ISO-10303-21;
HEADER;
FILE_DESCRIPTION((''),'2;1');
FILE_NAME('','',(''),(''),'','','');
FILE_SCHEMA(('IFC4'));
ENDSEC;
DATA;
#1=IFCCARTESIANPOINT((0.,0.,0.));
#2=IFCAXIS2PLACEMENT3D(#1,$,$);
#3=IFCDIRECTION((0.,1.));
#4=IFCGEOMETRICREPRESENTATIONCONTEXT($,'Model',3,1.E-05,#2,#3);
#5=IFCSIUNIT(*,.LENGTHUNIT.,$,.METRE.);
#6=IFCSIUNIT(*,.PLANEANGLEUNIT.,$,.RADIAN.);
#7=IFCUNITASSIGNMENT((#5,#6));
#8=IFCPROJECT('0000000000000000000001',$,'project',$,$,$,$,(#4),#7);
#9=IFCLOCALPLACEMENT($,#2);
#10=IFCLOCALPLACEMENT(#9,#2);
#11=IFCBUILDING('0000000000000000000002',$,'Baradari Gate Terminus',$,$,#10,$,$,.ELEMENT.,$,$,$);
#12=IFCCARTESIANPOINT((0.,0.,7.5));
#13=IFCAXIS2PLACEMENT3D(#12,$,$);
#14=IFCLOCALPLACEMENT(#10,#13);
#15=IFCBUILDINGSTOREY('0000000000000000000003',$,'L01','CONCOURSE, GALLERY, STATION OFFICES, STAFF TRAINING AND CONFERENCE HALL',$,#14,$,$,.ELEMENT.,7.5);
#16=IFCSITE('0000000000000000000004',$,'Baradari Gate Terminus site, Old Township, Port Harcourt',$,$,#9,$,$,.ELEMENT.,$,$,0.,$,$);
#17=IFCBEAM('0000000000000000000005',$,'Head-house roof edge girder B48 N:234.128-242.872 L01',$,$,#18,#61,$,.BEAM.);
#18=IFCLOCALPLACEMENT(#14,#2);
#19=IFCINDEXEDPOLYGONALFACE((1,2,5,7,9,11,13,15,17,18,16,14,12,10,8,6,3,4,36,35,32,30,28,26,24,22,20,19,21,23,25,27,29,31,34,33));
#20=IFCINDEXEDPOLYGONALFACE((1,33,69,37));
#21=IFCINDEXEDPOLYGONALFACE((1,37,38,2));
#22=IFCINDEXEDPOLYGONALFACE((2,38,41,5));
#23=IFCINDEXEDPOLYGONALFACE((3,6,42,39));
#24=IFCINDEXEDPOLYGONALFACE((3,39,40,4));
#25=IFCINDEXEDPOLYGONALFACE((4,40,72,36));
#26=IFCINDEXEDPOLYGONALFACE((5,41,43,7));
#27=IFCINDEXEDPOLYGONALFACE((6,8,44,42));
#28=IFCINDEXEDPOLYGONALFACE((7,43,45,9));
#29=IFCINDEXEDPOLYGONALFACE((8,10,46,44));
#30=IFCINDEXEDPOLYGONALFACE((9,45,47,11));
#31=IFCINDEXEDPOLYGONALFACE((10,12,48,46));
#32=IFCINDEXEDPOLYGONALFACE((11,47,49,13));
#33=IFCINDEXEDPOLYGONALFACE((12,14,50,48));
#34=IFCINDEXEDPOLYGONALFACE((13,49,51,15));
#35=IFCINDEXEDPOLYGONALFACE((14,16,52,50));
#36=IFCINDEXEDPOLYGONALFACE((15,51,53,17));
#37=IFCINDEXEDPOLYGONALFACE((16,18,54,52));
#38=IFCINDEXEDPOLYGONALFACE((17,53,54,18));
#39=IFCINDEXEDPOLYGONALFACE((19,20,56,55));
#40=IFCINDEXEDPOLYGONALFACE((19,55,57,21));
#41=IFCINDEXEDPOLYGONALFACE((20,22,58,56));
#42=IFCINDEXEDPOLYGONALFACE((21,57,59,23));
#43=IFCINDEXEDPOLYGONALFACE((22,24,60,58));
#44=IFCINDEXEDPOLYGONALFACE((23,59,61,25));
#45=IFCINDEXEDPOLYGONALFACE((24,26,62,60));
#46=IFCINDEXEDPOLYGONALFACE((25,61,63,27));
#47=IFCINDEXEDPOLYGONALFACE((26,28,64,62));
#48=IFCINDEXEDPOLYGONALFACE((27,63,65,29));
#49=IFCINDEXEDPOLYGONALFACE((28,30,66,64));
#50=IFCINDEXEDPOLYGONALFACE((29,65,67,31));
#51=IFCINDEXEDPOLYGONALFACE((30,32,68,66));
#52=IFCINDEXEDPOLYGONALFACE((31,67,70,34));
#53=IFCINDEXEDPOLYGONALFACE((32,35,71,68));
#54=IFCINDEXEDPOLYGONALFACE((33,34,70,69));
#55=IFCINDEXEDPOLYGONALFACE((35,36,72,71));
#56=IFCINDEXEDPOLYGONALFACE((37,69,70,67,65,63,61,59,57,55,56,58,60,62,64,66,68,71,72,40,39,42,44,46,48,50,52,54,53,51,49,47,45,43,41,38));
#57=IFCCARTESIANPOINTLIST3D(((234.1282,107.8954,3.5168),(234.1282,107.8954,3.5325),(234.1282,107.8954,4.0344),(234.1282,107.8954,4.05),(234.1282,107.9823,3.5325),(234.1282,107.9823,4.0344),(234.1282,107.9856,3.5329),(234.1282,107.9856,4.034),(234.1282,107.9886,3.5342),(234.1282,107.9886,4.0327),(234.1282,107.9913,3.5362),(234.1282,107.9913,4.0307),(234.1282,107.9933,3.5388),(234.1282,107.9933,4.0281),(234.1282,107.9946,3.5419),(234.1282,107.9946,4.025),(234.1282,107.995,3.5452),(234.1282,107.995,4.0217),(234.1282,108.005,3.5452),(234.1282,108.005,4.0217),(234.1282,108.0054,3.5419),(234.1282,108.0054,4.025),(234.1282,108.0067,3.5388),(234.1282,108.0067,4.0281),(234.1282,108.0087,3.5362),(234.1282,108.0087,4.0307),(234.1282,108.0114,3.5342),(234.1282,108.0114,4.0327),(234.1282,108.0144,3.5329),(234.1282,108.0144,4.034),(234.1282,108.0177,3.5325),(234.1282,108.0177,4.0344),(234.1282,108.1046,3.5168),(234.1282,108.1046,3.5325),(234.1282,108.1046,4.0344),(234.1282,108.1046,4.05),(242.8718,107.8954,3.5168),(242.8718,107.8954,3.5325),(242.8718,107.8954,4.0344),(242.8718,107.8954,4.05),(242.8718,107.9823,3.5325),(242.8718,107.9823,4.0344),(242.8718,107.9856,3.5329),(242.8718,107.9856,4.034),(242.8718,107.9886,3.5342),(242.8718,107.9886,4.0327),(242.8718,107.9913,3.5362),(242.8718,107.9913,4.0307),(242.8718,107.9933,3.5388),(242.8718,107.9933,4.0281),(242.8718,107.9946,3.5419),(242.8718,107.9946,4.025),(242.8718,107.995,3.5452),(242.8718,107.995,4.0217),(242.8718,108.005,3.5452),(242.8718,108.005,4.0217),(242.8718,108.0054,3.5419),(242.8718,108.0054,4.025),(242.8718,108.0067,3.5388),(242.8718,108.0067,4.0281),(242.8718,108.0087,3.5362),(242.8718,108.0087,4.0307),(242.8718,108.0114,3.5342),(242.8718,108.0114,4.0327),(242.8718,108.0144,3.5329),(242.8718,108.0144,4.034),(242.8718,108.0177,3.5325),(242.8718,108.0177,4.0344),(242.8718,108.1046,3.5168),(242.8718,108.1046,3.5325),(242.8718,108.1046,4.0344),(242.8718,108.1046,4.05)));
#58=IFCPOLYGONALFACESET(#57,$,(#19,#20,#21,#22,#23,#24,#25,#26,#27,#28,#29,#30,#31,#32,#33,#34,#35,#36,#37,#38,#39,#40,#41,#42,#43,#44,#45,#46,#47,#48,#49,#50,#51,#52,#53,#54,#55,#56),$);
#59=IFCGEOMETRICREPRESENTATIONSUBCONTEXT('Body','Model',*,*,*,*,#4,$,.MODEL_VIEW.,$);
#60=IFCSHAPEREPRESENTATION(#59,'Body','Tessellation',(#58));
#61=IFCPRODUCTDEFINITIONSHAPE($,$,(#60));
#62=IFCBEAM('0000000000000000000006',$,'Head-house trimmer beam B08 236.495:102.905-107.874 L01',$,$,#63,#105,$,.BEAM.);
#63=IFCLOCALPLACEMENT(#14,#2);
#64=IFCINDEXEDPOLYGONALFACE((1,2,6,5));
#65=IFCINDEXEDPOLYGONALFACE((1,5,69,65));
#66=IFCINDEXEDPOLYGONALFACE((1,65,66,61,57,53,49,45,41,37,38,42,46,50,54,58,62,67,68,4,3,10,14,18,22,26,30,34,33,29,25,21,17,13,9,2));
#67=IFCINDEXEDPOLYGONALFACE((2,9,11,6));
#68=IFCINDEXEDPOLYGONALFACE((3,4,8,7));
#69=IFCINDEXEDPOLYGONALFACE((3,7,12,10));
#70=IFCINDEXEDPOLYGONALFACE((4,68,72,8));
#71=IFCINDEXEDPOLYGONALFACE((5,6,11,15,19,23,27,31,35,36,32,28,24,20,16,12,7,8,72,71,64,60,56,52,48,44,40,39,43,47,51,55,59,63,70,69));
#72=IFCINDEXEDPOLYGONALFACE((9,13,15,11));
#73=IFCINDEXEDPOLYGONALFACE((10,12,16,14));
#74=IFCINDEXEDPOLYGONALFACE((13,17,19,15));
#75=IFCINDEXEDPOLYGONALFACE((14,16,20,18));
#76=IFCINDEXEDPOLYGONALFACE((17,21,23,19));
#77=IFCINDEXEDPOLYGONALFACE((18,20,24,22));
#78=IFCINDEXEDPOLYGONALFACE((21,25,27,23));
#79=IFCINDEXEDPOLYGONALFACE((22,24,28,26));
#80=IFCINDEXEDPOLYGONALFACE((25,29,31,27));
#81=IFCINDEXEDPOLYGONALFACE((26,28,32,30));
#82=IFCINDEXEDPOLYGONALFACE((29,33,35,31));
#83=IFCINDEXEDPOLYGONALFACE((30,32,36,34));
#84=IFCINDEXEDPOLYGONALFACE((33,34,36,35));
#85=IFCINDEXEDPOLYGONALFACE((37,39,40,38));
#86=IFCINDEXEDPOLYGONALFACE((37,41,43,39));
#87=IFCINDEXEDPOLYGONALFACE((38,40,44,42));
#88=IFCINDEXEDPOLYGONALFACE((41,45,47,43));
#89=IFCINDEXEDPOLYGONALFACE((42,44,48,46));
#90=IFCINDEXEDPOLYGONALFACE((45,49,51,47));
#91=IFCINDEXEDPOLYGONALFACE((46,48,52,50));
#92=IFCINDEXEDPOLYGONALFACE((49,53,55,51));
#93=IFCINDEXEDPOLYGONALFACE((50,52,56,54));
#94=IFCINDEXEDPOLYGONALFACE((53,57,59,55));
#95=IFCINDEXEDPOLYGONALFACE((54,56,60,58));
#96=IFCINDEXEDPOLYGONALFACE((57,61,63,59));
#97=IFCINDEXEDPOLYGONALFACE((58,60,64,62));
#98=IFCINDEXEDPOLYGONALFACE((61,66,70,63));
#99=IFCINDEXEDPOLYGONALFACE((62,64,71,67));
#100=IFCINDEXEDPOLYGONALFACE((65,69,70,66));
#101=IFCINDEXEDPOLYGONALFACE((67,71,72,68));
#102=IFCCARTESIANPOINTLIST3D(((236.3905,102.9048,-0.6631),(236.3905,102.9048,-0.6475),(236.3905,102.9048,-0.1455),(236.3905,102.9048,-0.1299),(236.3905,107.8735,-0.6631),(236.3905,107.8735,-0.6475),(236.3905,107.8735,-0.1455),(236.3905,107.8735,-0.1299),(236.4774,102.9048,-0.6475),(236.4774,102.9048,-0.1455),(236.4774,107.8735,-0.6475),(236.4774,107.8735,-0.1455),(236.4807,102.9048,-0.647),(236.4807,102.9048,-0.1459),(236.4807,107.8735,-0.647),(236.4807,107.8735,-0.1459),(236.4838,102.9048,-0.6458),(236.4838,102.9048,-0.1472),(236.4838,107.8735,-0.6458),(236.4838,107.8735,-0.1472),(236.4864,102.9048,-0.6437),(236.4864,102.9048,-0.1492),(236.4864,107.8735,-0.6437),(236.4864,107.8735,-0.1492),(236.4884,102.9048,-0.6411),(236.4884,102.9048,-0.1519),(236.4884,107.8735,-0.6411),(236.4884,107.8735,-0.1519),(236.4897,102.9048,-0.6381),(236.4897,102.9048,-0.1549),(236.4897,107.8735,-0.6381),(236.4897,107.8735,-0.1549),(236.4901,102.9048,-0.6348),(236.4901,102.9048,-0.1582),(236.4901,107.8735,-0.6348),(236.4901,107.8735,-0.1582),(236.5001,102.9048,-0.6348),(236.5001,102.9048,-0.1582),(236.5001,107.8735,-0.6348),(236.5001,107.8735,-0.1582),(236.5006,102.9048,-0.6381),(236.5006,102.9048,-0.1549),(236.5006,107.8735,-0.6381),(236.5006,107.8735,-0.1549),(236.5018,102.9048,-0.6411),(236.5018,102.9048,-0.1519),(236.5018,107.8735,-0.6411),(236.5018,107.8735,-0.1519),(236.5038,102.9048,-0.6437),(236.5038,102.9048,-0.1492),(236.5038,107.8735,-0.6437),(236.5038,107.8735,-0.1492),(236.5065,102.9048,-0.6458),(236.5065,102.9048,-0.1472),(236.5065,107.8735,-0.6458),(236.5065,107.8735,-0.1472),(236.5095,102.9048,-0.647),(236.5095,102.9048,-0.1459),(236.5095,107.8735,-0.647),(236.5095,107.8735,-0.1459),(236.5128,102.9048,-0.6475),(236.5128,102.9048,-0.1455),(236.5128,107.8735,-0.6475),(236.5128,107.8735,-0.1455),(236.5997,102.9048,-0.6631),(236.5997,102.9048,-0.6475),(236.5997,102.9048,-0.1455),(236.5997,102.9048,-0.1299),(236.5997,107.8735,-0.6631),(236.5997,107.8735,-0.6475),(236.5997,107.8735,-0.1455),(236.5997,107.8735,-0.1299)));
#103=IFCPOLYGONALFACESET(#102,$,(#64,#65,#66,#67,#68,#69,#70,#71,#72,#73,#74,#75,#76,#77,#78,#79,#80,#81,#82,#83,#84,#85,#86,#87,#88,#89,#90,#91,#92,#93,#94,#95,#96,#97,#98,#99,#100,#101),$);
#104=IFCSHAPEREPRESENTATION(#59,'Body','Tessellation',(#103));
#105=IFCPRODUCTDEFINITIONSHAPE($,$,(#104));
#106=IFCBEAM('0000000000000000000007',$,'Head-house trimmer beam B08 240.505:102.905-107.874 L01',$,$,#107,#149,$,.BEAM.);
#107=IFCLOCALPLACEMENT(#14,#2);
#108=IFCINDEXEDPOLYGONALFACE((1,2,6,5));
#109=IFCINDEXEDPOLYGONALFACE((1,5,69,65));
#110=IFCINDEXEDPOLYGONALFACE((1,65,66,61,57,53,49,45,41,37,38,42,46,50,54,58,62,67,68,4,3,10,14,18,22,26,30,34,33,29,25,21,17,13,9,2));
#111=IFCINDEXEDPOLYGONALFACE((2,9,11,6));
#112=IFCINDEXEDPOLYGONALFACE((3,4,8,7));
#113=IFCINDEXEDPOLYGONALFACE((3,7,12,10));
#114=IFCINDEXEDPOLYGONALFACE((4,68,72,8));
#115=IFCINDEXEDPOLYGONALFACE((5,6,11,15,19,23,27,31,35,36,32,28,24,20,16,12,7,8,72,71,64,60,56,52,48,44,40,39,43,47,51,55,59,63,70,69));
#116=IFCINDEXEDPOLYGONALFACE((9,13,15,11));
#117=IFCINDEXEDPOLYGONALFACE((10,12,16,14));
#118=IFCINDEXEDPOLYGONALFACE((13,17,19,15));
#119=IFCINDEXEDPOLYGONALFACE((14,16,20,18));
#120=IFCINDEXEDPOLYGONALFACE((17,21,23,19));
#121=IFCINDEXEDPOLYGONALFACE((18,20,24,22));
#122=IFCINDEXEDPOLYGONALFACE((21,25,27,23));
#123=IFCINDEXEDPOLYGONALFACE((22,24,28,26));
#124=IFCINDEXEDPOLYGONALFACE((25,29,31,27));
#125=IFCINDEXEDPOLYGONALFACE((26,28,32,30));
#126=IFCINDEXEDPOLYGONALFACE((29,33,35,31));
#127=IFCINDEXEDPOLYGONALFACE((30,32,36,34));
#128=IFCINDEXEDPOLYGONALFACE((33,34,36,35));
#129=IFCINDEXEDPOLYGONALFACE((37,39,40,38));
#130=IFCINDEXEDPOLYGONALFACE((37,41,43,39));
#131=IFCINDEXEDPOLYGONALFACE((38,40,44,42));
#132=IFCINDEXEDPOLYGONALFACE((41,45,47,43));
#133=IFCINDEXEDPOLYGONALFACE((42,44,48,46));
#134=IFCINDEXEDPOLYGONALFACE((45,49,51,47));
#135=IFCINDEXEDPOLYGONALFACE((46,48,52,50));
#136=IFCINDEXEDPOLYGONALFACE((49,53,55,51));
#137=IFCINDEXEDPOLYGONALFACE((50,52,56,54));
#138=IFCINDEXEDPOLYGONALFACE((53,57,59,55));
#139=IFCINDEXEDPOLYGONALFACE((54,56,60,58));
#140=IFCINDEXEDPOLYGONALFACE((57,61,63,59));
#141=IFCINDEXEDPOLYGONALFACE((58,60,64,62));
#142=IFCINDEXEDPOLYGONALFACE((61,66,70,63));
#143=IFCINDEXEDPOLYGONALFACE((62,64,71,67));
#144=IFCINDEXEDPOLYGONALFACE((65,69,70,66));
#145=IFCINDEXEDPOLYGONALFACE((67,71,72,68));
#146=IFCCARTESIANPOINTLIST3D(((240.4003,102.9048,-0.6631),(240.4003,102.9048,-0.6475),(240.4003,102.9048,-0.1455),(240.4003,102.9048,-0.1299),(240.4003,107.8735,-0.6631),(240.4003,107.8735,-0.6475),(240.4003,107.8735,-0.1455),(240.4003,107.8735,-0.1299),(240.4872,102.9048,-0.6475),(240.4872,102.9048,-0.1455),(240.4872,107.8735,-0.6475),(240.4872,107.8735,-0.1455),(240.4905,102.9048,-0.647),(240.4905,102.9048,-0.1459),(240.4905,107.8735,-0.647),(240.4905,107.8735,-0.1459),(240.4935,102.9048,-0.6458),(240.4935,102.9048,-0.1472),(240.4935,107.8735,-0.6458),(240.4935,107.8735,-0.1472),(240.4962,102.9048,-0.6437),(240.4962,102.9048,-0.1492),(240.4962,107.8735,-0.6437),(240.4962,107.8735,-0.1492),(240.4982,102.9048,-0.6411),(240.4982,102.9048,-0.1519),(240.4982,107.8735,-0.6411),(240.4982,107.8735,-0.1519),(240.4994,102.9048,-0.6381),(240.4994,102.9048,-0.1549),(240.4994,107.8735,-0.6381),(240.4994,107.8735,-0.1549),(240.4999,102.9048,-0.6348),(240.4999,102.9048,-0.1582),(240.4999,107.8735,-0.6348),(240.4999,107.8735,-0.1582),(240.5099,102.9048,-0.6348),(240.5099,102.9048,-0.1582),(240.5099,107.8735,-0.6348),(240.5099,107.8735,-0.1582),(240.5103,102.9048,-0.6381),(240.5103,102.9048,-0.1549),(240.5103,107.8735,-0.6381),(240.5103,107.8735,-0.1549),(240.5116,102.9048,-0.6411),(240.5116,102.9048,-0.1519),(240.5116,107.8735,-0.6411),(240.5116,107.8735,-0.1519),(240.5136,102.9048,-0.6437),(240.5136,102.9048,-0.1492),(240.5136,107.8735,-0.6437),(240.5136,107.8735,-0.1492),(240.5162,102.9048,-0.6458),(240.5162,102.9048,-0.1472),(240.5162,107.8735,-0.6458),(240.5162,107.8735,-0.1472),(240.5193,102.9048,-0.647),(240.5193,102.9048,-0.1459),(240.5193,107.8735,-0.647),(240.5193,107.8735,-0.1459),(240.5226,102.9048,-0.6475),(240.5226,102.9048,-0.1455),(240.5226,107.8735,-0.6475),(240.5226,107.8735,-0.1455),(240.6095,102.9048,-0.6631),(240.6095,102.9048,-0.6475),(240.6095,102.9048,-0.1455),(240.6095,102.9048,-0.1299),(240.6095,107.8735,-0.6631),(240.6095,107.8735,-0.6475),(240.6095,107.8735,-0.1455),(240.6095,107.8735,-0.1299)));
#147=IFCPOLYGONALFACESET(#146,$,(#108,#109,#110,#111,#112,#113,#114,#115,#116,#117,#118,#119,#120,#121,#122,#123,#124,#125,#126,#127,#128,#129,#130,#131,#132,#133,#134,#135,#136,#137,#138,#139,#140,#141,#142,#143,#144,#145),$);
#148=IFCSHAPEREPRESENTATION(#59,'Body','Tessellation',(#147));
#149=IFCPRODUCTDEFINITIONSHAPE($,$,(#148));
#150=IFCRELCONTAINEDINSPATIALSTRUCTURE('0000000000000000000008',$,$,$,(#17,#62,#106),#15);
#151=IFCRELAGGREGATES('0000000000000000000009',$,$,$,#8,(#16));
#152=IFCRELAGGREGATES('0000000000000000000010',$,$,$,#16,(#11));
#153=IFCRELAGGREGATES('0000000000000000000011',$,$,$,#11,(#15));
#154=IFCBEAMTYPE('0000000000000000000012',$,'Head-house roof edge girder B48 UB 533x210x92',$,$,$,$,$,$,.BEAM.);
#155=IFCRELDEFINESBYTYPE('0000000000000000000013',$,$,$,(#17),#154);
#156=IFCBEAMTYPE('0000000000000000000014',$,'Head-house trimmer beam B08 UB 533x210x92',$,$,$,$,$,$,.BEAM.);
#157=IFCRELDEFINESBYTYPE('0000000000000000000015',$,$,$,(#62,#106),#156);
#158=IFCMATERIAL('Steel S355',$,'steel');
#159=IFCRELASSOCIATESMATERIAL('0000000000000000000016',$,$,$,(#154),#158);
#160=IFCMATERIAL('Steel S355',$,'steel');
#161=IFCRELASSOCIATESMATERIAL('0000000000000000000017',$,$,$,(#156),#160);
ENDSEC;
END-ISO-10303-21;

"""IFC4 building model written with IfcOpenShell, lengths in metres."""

from ifc_helpers import new_model, si_unit, direction, frame, origin, origin_2d, place, context, subcontext, project, spatial, i_section, extrude, material, material_profile, profile_set, type_object, element, save


model = new_model("IFC4")

# Units and contexts
model_context = context("Model", 3, precision=1e-05, world=origin(), true_north=direction((0.0, 1.0)))
body_context = subcontext(model_context, "Body", "Model", "MODEL_VIEW")
ifc_project = project(units=[si_unit("LENGTHUNIT", "METRE"), si_unit("PLANEANGLEUNIT", "RADIAN")], contexts=[model_context])

# Site, building, storey
site_placement = place(None, origin())
site = spatial("IfcSite", under=ifc_project, at=site_placement, Name="Baradari Gate Terminus site, Old Township, Port Harcourt", CompositionType="ELEMENT", RefElevation=0.0)
building_placement = place(site_placement, origin())
building = spatial("IfcBuilding", under=site, at=building_placement, Name="Baradari Gate Terminus", CompositionType="ELEMENT")
storey_placement = place(building_placement, frame((0.0, 0.0, 7.5)))
storey = spatial("IfcBuildingStorey", under=building, at=storey_placement, Name="L01", Description="CONCOURSE, GALLERY, STATION OFFICES, STAFF TRAINING AND CONFERENCE HALL", CompositionType="ELEMENT", Elevation=7.5)

# Beams
ifc_material_1 = material(Name="Steel S355", Category="steel")
ifc_material_profile_1 = material_profile(ifc_material_1, i_section(OverallWidth=0.2092, OverallDepth=0.5332, WebThickness=0.01, FlangeThickness=0.0156, FilletRadius=0.0127, at=origin_2d()), Name="UB 533x210x92")
ifc_profile_set_1 = profile_set([ifc_material_profile_1], Name="Steel S355")
beam_type_1 = type_object("IfcBeamType", Name="Head-house roof edge girder B48 UB 533x210x92", PredefinedType="BEAM", material=ifc_profile_set_1)
beam_1_placement = place(storey_placement, frame((234.1282, 108.0, 3.7834), z_axis=(1.0, 0.0, 0.0), x_axis=(0.0, 1.0, 0.0)))
element("IfcBeam", 1, at=beam_1_placement, inside=storey, type_object=beam_type_1, Name="Head-house roof edge girder B48 N:234.128-242.872 L01", PredefinedType="BEAM", context=body_context, shape_type="SweptSolid", body=[
    extrude(i_section(OverallWidth=0.2092, OverallDepth=0.5332, WebThickness=0.01, FlangeThickness=0.0156, FilletRadius=0.0127, at=origin_2d()), origin(), (0.0, 0.0, 1.0), 8.7437),
])
ifc_material_2 = material(Name="Steel S355", Category="steel")
ifc_material_profile_2 = material_profile(ifc_material_2, i_section(OverallWidth=0.2092, OverallDepth=0.5332, WebThickness=0.01, FlangeThickness=0.0156, FilletRadius=0.0127, at=origin_2d()), Name="UB 533x210x92")
ifc_profile_set_2 = profile_set([ifc_material_profile_2], Name="Steel S355")
beam_type_2 = type_object("IfcBeamType", Name="Head-house trimmer beam B08 UB 533x210x92", PredefinedType="BEAM", material=ifc_profile_set_2)
for number, where, z_axis, x_axis, name in (
    (2, (236.4951, 102.9048, -0.3965), (0.0, 1.0, 0.0), (-1.0, 0.0, 0.0), "Head-house trimmer beam B08 236.495:102.905-107.874 L01"),
    (3, (240.5049, 102.9048, -0.3965), (0.0, 1.0, 0.0), (-1.0, 0.0, 0.0), "Head-house trimmer beam B08 240.505:102.905-107.874 L01"),
):
    element("IfcBeam", number, at=place(storey_placement, frame(where, z_axis=z_axis, x_axis=x_axis)), inside=storey, type_object=beam_type_2, Name=name, PredefinedType="BEAM", context=body_context, shape_type="SweptSolid", body=[
        extrude(i_section(OverallWidth=0.2092, OverallDepth=0.5332, WebThickness=0.01, FlangeThickness=0.0156, FilletRadius=0.0127, at=origin_2d()), origin(), (0.0, 0.0, 1.0), 4.9688),
    ])

save(model, "model.ifc")
